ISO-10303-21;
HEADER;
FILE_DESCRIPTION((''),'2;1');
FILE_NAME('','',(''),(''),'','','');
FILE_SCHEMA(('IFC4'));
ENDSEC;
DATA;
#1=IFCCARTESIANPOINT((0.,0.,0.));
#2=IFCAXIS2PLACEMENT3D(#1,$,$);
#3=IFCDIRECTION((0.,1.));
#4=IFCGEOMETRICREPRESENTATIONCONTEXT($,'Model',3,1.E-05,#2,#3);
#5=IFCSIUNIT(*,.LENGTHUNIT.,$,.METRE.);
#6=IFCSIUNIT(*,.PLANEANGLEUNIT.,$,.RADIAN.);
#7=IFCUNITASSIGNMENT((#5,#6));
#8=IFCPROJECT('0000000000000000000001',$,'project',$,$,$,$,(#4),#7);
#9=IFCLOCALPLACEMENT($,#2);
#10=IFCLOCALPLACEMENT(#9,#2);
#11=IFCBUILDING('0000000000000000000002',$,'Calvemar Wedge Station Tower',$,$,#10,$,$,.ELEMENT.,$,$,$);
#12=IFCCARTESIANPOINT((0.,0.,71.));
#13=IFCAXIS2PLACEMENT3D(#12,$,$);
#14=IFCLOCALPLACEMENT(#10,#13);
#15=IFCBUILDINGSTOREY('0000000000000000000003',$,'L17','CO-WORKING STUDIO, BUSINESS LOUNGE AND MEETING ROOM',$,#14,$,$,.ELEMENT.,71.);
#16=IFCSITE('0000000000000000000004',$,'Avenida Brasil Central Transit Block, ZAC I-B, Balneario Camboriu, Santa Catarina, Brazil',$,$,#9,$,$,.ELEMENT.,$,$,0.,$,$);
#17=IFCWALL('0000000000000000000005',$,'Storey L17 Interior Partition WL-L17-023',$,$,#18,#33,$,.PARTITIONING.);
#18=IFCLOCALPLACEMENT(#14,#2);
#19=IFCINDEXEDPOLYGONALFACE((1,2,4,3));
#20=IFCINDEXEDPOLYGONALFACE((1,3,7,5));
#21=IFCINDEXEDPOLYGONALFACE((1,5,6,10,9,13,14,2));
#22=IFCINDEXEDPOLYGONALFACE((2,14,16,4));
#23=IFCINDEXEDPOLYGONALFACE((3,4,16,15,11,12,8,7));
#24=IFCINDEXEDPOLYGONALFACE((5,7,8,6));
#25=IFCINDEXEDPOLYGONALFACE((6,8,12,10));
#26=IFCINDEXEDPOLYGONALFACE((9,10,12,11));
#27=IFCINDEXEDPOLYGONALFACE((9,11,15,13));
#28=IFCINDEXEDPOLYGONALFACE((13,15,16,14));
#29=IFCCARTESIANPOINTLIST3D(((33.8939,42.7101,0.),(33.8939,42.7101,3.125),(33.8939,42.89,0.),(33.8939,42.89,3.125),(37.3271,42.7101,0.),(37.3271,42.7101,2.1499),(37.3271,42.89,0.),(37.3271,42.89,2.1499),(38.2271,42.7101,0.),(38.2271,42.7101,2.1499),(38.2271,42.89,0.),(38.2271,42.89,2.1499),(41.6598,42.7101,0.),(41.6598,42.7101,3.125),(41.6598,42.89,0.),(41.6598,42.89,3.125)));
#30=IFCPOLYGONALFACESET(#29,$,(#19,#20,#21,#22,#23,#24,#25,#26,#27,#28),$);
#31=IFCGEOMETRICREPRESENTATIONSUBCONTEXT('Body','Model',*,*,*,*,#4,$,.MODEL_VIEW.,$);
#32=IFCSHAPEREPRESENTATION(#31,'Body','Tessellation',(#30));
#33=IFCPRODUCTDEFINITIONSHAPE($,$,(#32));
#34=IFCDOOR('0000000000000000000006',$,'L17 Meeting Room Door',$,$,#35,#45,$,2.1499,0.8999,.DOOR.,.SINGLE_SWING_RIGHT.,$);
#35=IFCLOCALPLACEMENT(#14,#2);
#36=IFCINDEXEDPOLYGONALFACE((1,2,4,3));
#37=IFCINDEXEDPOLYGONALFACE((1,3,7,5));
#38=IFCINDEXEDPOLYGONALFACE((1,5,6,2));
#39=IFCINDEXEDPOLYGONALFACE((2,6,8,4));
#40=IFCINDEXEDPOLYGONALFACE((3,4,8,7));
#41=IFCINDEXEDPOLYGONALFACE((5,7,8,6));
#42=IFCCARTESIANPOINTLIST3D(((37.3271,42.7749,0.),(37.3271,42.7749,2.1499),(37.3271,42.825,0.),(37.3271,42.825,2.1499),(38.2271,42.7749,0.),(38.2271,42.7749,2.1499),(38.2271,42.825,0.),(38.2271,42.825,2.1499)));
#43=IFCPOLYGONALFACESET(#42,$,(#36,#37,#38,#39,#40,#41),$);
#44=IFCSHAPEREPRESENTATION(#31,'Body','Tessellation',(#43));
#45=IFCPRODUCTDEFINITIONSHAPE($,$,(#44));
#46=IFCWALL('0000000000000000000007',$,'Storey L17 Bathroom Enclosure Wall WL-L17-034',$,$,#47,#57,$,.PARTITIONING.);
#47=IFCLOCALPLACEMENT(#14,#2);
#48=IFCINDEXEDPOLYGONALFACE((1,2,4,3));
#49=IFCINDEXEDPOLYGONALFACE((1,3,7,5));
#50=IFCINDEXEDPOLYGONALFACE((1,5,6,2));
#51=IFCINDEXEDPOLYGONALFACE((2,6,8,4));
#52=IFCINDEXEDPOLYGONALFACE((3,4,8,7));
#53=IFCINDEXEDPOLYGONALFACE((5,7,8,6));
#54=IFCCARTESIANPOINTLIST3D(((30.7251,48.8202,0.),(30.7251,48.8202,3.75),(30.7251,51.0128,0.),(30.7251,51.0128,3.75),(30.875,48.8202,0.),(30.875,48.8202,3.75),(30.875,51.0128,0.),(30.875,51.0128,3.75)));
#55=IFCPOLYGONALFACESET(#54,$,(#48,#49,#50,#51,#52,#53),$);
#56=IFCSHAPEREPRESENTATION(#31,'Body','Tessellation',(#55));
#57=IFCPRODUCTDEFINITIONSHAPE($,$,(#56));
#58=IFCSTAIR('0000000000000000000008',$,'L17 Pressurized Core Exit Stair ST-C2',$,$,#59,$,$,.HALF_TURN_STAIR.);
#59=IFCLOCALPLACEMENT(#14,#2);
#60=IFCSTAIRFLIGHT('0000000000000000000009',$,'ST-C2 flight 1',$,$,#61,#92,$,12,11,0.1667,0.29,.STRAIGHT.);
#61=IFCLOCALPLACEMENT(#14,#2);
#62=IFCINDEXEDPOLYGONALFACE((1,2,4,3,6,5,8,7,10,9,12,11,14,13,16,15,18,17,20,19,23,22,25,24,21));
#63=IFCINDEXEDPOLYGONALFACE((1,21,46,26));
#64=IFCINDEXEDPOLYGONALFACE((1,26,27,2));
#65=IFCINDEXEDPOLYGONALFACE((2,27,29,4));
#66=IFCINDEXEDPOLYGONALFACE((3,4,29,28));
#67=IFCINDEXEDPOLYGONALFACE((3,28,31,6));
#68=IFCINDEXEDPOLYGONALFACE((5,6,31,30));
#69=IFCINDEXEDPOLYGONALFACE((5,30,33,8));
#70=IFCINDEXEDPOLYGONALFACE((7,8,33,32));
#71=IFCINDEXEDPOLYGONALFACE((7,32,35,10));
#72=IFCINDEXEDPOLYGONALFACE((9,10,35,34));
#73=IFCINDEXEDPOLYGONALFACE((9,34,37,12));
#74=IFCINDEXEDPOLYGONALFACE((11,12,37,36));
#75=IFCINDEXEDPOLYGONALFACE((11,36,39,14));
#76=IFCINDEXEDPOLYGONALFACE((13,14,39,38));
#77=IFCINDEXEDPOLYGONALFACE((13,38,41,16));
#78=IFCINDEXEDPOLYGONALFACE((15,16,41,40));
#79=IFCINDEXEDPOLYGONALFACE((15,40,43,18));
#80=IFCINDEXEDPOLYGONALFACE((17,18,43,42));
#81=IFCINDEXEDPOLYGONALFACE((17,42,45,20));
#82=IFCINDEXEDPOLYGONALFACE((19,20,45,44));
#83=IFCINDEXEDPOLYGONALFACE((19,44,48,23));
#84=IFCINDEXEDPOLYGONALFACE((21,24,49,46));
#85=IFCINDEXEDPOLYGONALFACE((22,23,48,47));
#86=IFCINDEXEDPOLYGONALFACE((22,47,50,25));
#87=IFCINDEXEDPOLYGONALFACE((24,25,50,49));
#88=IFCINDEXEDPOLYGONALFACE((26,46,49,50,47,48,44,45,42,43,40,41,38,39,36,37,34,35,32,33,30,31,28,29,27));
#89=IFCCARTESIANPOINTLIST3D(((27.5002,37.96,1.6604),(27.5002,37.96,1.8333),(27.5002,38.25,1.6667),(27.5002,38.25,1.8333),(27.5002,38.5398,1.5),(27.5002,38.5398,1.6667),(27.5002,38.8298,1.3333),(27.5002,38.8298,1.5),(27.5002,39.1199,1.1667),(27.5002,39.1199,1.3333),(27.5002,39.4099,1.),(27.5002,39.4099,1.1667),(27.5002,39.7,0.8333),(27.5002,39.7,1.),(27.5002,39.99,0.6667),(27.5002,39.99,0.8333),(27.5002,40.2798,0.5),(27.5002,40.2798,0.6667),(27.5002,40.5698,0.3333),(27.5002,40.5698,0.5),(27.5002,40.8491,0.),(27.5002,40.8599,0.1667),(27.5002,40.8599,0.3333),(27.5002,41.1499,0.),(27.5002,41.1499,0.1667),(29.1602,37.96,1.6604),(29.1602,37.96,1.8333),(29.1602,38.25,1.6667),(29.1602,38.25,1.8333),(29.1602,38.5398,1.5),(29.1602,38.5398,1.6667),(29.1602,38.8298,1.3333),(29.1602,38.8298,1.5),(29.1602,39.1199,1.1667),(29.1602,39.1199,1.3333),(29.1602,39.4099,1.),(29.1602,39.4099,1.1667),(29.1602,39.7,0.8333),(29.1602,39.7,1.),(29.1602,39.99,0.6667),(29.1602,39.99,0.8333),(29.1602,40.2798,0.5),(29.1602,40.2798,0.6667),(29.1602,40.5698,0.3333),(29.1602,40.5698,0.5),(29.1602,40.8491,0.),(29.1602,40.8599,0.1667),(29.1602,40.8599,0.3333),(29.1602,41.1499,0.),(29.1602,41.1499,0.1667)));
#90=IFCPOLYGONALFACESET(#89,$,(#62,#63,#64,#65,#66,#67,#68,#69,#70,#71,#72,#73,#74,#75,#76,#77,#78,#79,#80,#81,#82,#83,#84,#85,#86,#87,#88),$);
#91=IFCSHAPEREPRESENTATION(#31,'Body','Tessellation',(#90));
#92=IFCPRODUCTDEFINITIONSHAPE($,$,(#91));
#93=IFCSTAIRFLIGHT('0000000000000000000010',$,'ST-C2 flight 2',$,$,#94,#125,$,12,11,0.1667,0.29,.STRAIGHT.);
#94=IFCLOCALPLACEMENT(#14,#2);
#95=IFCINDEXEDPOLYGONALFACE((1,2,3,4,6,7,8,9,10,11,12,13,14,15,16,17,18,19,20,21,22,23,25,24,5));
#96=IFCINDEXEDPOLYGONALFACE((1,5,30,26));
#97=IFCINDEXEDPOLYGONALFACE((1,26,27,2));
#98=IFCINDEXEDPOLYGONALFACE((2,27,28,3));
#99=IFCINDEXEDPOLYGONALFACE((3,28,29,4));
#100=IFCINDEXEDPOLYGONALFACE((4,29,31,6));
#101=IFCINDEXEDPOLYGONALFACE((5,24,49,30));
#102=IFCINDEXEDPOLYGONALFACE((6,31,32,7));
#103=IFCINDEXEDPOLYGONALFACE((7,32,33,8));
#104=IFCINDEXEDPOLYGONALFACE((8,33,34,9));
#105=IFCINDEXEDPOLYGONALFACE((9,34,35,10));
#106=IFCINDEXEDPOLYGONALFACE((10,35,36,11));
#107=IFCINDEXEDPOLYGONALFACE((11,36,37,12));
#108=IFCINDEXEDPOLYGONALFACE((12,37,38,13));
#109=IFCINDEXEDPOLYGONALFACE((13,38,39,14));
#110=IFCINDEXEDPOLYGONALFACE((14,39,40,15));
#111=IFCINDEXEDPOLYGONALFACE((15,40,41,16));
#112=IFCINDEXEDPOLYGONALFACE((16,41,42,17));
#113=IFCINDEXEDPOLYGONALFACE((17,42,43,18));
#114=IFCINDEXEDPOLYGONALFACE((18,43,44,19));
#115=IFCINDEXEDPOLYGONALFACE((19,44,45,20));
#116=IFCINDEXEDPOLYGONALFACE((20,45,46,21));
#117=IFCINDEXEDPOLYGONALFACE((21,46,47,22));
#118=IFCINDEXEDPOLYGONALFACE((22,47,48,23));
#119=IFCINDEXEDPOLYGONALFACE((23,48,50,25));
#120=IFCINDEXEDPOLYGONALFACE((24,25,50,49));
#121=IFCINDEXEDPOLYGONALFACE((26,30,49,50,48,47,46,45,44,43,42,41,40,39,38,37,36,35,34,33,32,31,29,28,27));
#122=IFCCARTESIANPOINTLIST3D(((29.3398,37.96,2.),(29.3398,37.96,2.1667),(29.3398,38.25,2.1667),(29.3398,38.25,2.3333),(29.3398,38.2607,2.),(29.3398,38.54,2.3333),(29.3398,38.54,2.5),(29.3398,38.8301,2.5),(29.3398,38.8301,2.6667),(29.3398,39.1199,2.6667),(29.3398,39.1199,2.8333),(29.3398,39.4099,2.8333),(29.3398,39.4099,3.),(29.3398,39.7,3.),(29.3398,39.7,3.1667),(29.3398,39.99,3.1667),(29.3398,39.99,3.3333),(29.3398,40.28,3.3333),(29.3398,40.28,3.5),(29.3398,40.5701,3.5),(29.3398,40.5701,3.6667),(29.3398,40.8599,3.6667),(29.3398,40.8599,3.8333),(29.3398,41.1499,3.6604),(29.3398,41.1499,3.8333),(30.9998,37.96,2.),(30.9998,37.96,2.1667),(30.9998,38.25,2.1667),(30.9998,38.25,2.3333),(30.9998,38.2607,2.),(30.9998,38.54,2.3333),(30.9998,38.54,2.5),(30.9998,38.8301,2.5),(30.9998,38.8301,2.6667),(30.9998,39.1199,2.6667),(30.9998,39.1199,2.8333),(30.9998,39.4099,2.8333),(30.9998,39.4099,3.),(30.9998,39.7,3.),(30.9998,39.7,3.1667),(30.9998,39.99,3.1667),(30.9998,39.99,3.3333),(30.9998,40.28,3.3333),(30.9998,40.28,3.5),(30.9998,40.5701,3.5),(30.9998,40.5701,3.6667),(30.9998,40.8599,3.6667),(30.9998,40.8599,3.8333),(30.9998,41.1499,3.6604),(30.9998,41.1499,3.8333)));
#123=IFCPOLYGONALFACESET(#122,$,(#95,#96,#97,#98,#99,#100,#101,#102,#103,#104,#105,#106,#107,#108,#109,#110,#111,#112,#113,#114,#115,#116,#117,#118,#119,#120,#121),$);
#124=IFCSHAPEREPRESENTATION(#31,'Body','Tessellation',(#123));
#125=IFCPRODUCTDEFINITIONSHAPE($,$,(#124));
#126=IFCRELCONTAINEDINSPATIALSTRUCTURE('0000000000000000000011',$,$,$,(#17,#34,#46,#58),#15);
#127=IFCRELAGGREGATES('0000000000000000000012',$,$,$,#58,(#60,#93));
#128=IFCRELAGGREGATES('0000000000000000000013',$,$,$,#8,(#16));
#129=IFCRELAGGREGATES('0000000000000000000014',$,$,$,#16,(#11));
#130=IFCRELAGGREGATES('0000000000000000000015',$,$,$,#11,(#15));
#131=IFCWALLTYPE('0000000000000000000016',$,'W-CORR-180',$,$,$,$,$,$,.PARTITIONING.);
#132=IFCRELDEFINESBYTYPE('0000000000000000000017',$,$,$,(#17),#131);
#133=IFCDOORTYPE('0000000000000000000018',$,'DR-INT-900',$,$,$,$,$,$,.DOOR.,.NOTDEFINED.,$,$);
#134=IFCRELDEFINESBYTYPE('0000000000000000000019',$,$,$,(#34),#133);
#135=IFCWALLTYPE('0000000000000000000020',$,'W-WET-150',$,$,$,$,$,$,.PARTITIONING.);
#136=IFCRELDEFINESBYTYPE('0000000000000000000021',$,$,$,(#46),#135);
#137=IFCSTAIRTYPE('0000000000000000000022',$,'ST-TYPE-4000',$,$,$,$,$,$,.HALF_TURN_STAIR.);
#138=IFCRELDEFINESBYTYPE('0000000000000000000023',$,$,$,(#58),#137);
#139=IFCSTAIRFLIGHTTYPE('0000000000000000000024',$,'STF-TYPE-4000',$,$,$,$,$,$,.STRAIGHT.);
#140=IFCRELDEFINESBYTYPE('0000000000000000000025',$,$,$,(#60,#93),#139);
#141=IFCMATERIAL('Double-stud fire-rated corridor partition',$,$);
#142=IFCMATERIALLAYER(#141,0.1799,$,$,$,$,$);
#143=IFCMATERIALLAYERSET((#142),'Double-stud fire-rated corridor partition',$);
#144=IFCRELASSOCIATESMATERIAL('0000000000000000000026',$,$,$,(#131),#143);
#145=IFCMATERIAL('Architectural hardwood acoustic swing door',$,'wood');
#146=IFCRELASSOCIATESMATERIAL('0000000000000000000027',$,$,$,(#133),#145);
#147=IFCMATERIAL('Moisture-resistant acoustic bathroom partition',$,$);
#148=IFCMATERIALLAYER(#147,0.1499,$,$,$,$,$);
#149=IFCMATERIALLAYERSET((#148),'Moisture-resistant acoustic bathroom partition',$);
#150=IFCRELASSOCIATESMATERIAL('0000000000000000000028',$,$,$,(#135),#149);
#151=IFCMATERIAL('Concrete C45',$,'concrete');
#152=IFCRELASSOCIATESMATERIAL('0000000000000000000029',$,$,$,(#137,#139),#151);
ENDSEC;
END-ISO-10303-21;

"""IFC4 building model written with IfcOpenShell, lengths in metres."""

from ifc_helpers import new_model, si_unit, direction, frame, frame_2d, origin, place, context, subcontext, project, spatial, polyline, rectangle, outline, extrude, source, transform, mapped, material, layer, layer_set, type_object, element, fill, aggregate, save


model = new_model("IFC4")

# Units and contexts
model_context = context("Model", 3, precision=1e-05, world=origin(), true_north=direction((0.0, 1.0)))
body_context = subcontext(model_context, "Body", "Model", "MODEL_VIEW")
ifc_project = project(units=[si_unit("LENGTHUNIT", "METRE"), si_unit("PLANEANGLEUNIT", "RADIAN")], contexts=[model_context])

# Site, building, storey
site_placement = place(None, origin())
site = spatial("IfcSite", under=ifc_project, at=site_placement, Name="Avenida Brasil Central Transit Block, ZAC I-B, Balneario Camboriu, Santa Catarina, Brazil", CompositionType="ELEMENT", RefElevation=0.0)
building_placement = place(site_placement, origin())
building = spatial("IfcBuilding", under=site, at=building_placement, Name="Calvemar Wedge Station Tower", CompositionType="ELEMENT")
storey_placement = place(building_placement, frame((0.0, 0.0, 71.0)))
storey = spatial("IfcBuildingStorey", under=building, at=storey_placement, Name="L17", Description="CO-WORKING STUDIO, BUSINESS LOUNGE AND MEETING ROOM", CompositionType="ELEMENT", Elevation=71.0)

# Shared definitions
ifc_material_1 = material(Name="Double-stud fire-rated corridor partition")
ifc_layer_1 = layer(ifc_material_1, 0.1799)
ifc_layer_set_1 = layer_set([ifc_layer_1], Name="Double-stud fire-rated corridor partition")
wall_type_1 = type_object("IfcWallType", Name="W-CORR-180", PredefinedType="PARTITIONING", material=ifc_layer_set_1)

# Wall, opening, door
wall_1_placement = place(storey_placement, frame((33.894, 42.8, 0.0), z_axis=(0.0, 0.0, 1.0), x_axis=(1.0, 0.0, 0.0)))
wall_1 = element("IfcWall", 1, at=wall_1_placement, inside=storey, type_object=wall_type_1, Name="Storey L17 Interior Partition WL-L17-023", PredefinedType="PARTITIONING", context=body_context, shape_type="SweptSolid", body=[
    extrude(rectangle(XDim=7.7659, YDim=0.1799, at=frame_2d((3.8828, 0.0))), origin(), (0.0, 0.0, 1.0), 3.125),
])
shared_shape_1 = source(origin(), body_context, "Body", "SweptSolid", [
    extrude(rectangle(XDim=0.8999, YDim=2.1499, at=frame_2d((0.45, 1.075))), frame((0.0, 0.1001, 0.0), z_axis=(0.0, -1.0, 0.0), x_axis=(1.0, 0.0, 0.0)), (0.0, 0.0, 1.0), 0.2),
])
opening_1_placement = place(wall_1_placement, frame((3.4331, 0.0, 0.0)))
opening_1 = element("IfcOpeningElement", 2, at=opening_1_placement, cuts=wall_1, PredefinedType="OPENING", context=body_context, shape_type="MappedRepresentation", body=[
    mapped(shared_shape_1, transform((0.0, 0.0, 0.0), scale=1.0)),
])
ifc_material_2 = material(Name="Architectural hardwood acoustic swing door", Category="wood")
door_type_1 = type_object("IfcDoorType", Name="DR-INT-900", OperationType="NOTDEFINED", PredefinedType="DOOR", material=ifc_material_2)
shared_shape_2 = source(origin(), body_context, "Body", "SweptSolid", [
    extrude(rectangle(XDim=0.8999, YDim=2.1499, at=frame_2d((0.45, 1.075))), frame((0.0, 0.0249, 0.0), z_axis=(0.0, -1.0, 0.0), x_axis=(1.0, 0.0, 0.0)), (0.0, 0.0, 1.0), 0.05),
])
door_1_placement = place(opening_1_placement, origin())
door_1 = element("IfcDoor", 3, at=door_1_placement, inside=storey, type_object=door_type_1, Name="L17 Meeting Room Door", OperationType="SINGLE_SWING_RIGHT", OverallHeight=2.1499, OverallWidth=0.8999, PredefinedType="DOOR", context=body_context, shape_type="MappedRepresentation", body=[
    mapped(shared_shape_2, transform((0.0, 0.0, 0.0), scale=1.0)),
])
fill(opening_1, door_1)

# Wall
ifc_material_3 = material(Name="Moisture-resistant acoustic bathroom partition")
ifc_layer_2 = layer(ifc_material_3, 0.1499)
ifc_layer_set_2 = layer_set([ifc_layer_2], Name="Moisture-resistant acoustic bathroom partition")
wall_type_2 = type_object("IfcWallType", Name="W-WET-150", PredefinedType="PARTITIONING", material=ifc_layer_set_2)
wall_2_placement = place(storey_placement, frame((30.8, 51.0127, 0.0), z_axis=(0.0, 0.0, 1.0), x_axis=(0.0, -1.0, 0.0)))
element("IfcWall", 4, at=wall_2_placement, inside=storey, type_object=wall_type_2, Name="Storey L17 Bathroom Enclosure Wall WL-L17-034", PredefinedType="PARTITIONING", context=body_context, shape_type="SweptSolid", body=[
    extrude(rectangle(XDim=2.1926, YDim=0.1499, at=frame_2d((1.0962, 0.0))), origin(), (0.0, 0.0, 1.0), 3.75),
])

# Stair, stair flights
ifc_material_4 = material(Name="Concrete C45", Category="concrete")
stair_type = type_object("IfcStairType", Name="ST-TYPE-4000", PredefinedType="HALF_TURN_STAIR", material=ifc_material_4)
stair_placement = place(storey_placement, origin())
stair = element("IfcStair", 5, at=stair_placement, inside=storey, type_object=stair_type, Name="L17 Pressurized Core Exit Stair ST-C2", PredefinedType="HALF_TURN_STAIR")
stair_flight_type = type_object("IfcStairFlightType", Name="STF-TYPE-4000", PredefinedType="STRAIGHT", material=ifc_material_4)
stair_flight_1_placement = place(storey_placement, frame((28.3301, 41.1499, 0.0), z_axis=(0.0, 0.0, 1.0), x_axis=(0.0, -1.0, 0.0)))
stair_flight_1 = element("IfcStairFlight", 6, at=stair_flight_1_placement, type_object=stair_flight_type, Name="ST-C2 flight 1", NumberOfRisers=12, NumberOfTreads=11, PredefinedType="STRAIGHT", RiserHeight=0.1667, TreadLength=0.29, context=body_context, shape_type="SweptSolid", body=[
    extrude(outline(polyline([(0.0, 0.0), (0.0, 0.1667), (0.29, 0.1667), (0.29, 0.3333), (0.5801, 0.3333), (0.5801, 0.5), (0.8701, 0.5), (0.8701, 0.6667), (1.1599, 0.6667), (1.1599, 0.8333), (1.45, 0.8333), (1.45, 1.0), (1.74, 1.0), (1.74, 1.1667), (2.03, 1.1667), (2.03, 1.3333), (2.3201, 1.3333), (2.3201, 1.5), (2.6101, 1.5), (2.6101, 1.6667), (2.8999, 1.6667), (2.8999, 1.8333), (3.1899, 1.8333), (3.1899, 2.0), (3.1899, 1.6604), (0.3008, 0.0), (0.0, 0.0)])), frame((0.0, 0.8301, 0.0), z_axis=(0.0, -1.0, 0.0), x_axis=(1.0, 0.0, 0.0)), (0.0, 0.0, 1.0), 1.6599),
])
stair_flight_2_placement = place(storey_placement, frame((30.1699, 37.96, 2.0), z_axis=(0.0, 0.0, 1.0), x_axis=(0.0, 1.0, 0.0)))
stair_flight_2 = element("IfcStairFlight", 7, at=stair_flight_2_placement, type_object=stair_flight_type, Name="ST-C2 flight 2", NumberOfRisers=12, NumberOfTreads=11, PredefinedType="STRAIGHT", RiserHeight=0.1667, TreadLength=0.29, context=body_context, shape_type="SweptSolid", body=[
    extrude(outline(polyline([(0.0, 0.0), (0.0, 0.1667), (0.29, 0.1667), (0.29, 0.3333), (0.5801, 0.3333), (0.5801, 0.5), (0.8701, 0.5), (0.8701, 0.6667), (1.1599, 0.6667), (1.1599, 0.8333), (1.45, 0.8333), (1.45, 1.0), (1.74, 1.0), (1.74, 1.1667), (2.03, 1.1667), (2.03, 1.3333), (2.3201, 1.3333), (2.3201, 1.5), (2.6101, 1.5), (2.6101, 1.6667), (2.8999, 1.6667), (2.8999, 1.8333), (3.1899, 1.8333), (3.1899, 2.0), (3.1899, 1.6604), (0.3008, 0.0), (0.0, 0.0)])), frame((0.0, 0.8301, 0.0), z_axis=(0.0, -1.0, 0.0), x_axis=(1.0, 0.0, 0.0)), (0.0, 0.0, 1.0), 1.6599),
])
aggregate(stair, [stair_flight_1, stair_flight_2])

save(model, "model.ifc")
